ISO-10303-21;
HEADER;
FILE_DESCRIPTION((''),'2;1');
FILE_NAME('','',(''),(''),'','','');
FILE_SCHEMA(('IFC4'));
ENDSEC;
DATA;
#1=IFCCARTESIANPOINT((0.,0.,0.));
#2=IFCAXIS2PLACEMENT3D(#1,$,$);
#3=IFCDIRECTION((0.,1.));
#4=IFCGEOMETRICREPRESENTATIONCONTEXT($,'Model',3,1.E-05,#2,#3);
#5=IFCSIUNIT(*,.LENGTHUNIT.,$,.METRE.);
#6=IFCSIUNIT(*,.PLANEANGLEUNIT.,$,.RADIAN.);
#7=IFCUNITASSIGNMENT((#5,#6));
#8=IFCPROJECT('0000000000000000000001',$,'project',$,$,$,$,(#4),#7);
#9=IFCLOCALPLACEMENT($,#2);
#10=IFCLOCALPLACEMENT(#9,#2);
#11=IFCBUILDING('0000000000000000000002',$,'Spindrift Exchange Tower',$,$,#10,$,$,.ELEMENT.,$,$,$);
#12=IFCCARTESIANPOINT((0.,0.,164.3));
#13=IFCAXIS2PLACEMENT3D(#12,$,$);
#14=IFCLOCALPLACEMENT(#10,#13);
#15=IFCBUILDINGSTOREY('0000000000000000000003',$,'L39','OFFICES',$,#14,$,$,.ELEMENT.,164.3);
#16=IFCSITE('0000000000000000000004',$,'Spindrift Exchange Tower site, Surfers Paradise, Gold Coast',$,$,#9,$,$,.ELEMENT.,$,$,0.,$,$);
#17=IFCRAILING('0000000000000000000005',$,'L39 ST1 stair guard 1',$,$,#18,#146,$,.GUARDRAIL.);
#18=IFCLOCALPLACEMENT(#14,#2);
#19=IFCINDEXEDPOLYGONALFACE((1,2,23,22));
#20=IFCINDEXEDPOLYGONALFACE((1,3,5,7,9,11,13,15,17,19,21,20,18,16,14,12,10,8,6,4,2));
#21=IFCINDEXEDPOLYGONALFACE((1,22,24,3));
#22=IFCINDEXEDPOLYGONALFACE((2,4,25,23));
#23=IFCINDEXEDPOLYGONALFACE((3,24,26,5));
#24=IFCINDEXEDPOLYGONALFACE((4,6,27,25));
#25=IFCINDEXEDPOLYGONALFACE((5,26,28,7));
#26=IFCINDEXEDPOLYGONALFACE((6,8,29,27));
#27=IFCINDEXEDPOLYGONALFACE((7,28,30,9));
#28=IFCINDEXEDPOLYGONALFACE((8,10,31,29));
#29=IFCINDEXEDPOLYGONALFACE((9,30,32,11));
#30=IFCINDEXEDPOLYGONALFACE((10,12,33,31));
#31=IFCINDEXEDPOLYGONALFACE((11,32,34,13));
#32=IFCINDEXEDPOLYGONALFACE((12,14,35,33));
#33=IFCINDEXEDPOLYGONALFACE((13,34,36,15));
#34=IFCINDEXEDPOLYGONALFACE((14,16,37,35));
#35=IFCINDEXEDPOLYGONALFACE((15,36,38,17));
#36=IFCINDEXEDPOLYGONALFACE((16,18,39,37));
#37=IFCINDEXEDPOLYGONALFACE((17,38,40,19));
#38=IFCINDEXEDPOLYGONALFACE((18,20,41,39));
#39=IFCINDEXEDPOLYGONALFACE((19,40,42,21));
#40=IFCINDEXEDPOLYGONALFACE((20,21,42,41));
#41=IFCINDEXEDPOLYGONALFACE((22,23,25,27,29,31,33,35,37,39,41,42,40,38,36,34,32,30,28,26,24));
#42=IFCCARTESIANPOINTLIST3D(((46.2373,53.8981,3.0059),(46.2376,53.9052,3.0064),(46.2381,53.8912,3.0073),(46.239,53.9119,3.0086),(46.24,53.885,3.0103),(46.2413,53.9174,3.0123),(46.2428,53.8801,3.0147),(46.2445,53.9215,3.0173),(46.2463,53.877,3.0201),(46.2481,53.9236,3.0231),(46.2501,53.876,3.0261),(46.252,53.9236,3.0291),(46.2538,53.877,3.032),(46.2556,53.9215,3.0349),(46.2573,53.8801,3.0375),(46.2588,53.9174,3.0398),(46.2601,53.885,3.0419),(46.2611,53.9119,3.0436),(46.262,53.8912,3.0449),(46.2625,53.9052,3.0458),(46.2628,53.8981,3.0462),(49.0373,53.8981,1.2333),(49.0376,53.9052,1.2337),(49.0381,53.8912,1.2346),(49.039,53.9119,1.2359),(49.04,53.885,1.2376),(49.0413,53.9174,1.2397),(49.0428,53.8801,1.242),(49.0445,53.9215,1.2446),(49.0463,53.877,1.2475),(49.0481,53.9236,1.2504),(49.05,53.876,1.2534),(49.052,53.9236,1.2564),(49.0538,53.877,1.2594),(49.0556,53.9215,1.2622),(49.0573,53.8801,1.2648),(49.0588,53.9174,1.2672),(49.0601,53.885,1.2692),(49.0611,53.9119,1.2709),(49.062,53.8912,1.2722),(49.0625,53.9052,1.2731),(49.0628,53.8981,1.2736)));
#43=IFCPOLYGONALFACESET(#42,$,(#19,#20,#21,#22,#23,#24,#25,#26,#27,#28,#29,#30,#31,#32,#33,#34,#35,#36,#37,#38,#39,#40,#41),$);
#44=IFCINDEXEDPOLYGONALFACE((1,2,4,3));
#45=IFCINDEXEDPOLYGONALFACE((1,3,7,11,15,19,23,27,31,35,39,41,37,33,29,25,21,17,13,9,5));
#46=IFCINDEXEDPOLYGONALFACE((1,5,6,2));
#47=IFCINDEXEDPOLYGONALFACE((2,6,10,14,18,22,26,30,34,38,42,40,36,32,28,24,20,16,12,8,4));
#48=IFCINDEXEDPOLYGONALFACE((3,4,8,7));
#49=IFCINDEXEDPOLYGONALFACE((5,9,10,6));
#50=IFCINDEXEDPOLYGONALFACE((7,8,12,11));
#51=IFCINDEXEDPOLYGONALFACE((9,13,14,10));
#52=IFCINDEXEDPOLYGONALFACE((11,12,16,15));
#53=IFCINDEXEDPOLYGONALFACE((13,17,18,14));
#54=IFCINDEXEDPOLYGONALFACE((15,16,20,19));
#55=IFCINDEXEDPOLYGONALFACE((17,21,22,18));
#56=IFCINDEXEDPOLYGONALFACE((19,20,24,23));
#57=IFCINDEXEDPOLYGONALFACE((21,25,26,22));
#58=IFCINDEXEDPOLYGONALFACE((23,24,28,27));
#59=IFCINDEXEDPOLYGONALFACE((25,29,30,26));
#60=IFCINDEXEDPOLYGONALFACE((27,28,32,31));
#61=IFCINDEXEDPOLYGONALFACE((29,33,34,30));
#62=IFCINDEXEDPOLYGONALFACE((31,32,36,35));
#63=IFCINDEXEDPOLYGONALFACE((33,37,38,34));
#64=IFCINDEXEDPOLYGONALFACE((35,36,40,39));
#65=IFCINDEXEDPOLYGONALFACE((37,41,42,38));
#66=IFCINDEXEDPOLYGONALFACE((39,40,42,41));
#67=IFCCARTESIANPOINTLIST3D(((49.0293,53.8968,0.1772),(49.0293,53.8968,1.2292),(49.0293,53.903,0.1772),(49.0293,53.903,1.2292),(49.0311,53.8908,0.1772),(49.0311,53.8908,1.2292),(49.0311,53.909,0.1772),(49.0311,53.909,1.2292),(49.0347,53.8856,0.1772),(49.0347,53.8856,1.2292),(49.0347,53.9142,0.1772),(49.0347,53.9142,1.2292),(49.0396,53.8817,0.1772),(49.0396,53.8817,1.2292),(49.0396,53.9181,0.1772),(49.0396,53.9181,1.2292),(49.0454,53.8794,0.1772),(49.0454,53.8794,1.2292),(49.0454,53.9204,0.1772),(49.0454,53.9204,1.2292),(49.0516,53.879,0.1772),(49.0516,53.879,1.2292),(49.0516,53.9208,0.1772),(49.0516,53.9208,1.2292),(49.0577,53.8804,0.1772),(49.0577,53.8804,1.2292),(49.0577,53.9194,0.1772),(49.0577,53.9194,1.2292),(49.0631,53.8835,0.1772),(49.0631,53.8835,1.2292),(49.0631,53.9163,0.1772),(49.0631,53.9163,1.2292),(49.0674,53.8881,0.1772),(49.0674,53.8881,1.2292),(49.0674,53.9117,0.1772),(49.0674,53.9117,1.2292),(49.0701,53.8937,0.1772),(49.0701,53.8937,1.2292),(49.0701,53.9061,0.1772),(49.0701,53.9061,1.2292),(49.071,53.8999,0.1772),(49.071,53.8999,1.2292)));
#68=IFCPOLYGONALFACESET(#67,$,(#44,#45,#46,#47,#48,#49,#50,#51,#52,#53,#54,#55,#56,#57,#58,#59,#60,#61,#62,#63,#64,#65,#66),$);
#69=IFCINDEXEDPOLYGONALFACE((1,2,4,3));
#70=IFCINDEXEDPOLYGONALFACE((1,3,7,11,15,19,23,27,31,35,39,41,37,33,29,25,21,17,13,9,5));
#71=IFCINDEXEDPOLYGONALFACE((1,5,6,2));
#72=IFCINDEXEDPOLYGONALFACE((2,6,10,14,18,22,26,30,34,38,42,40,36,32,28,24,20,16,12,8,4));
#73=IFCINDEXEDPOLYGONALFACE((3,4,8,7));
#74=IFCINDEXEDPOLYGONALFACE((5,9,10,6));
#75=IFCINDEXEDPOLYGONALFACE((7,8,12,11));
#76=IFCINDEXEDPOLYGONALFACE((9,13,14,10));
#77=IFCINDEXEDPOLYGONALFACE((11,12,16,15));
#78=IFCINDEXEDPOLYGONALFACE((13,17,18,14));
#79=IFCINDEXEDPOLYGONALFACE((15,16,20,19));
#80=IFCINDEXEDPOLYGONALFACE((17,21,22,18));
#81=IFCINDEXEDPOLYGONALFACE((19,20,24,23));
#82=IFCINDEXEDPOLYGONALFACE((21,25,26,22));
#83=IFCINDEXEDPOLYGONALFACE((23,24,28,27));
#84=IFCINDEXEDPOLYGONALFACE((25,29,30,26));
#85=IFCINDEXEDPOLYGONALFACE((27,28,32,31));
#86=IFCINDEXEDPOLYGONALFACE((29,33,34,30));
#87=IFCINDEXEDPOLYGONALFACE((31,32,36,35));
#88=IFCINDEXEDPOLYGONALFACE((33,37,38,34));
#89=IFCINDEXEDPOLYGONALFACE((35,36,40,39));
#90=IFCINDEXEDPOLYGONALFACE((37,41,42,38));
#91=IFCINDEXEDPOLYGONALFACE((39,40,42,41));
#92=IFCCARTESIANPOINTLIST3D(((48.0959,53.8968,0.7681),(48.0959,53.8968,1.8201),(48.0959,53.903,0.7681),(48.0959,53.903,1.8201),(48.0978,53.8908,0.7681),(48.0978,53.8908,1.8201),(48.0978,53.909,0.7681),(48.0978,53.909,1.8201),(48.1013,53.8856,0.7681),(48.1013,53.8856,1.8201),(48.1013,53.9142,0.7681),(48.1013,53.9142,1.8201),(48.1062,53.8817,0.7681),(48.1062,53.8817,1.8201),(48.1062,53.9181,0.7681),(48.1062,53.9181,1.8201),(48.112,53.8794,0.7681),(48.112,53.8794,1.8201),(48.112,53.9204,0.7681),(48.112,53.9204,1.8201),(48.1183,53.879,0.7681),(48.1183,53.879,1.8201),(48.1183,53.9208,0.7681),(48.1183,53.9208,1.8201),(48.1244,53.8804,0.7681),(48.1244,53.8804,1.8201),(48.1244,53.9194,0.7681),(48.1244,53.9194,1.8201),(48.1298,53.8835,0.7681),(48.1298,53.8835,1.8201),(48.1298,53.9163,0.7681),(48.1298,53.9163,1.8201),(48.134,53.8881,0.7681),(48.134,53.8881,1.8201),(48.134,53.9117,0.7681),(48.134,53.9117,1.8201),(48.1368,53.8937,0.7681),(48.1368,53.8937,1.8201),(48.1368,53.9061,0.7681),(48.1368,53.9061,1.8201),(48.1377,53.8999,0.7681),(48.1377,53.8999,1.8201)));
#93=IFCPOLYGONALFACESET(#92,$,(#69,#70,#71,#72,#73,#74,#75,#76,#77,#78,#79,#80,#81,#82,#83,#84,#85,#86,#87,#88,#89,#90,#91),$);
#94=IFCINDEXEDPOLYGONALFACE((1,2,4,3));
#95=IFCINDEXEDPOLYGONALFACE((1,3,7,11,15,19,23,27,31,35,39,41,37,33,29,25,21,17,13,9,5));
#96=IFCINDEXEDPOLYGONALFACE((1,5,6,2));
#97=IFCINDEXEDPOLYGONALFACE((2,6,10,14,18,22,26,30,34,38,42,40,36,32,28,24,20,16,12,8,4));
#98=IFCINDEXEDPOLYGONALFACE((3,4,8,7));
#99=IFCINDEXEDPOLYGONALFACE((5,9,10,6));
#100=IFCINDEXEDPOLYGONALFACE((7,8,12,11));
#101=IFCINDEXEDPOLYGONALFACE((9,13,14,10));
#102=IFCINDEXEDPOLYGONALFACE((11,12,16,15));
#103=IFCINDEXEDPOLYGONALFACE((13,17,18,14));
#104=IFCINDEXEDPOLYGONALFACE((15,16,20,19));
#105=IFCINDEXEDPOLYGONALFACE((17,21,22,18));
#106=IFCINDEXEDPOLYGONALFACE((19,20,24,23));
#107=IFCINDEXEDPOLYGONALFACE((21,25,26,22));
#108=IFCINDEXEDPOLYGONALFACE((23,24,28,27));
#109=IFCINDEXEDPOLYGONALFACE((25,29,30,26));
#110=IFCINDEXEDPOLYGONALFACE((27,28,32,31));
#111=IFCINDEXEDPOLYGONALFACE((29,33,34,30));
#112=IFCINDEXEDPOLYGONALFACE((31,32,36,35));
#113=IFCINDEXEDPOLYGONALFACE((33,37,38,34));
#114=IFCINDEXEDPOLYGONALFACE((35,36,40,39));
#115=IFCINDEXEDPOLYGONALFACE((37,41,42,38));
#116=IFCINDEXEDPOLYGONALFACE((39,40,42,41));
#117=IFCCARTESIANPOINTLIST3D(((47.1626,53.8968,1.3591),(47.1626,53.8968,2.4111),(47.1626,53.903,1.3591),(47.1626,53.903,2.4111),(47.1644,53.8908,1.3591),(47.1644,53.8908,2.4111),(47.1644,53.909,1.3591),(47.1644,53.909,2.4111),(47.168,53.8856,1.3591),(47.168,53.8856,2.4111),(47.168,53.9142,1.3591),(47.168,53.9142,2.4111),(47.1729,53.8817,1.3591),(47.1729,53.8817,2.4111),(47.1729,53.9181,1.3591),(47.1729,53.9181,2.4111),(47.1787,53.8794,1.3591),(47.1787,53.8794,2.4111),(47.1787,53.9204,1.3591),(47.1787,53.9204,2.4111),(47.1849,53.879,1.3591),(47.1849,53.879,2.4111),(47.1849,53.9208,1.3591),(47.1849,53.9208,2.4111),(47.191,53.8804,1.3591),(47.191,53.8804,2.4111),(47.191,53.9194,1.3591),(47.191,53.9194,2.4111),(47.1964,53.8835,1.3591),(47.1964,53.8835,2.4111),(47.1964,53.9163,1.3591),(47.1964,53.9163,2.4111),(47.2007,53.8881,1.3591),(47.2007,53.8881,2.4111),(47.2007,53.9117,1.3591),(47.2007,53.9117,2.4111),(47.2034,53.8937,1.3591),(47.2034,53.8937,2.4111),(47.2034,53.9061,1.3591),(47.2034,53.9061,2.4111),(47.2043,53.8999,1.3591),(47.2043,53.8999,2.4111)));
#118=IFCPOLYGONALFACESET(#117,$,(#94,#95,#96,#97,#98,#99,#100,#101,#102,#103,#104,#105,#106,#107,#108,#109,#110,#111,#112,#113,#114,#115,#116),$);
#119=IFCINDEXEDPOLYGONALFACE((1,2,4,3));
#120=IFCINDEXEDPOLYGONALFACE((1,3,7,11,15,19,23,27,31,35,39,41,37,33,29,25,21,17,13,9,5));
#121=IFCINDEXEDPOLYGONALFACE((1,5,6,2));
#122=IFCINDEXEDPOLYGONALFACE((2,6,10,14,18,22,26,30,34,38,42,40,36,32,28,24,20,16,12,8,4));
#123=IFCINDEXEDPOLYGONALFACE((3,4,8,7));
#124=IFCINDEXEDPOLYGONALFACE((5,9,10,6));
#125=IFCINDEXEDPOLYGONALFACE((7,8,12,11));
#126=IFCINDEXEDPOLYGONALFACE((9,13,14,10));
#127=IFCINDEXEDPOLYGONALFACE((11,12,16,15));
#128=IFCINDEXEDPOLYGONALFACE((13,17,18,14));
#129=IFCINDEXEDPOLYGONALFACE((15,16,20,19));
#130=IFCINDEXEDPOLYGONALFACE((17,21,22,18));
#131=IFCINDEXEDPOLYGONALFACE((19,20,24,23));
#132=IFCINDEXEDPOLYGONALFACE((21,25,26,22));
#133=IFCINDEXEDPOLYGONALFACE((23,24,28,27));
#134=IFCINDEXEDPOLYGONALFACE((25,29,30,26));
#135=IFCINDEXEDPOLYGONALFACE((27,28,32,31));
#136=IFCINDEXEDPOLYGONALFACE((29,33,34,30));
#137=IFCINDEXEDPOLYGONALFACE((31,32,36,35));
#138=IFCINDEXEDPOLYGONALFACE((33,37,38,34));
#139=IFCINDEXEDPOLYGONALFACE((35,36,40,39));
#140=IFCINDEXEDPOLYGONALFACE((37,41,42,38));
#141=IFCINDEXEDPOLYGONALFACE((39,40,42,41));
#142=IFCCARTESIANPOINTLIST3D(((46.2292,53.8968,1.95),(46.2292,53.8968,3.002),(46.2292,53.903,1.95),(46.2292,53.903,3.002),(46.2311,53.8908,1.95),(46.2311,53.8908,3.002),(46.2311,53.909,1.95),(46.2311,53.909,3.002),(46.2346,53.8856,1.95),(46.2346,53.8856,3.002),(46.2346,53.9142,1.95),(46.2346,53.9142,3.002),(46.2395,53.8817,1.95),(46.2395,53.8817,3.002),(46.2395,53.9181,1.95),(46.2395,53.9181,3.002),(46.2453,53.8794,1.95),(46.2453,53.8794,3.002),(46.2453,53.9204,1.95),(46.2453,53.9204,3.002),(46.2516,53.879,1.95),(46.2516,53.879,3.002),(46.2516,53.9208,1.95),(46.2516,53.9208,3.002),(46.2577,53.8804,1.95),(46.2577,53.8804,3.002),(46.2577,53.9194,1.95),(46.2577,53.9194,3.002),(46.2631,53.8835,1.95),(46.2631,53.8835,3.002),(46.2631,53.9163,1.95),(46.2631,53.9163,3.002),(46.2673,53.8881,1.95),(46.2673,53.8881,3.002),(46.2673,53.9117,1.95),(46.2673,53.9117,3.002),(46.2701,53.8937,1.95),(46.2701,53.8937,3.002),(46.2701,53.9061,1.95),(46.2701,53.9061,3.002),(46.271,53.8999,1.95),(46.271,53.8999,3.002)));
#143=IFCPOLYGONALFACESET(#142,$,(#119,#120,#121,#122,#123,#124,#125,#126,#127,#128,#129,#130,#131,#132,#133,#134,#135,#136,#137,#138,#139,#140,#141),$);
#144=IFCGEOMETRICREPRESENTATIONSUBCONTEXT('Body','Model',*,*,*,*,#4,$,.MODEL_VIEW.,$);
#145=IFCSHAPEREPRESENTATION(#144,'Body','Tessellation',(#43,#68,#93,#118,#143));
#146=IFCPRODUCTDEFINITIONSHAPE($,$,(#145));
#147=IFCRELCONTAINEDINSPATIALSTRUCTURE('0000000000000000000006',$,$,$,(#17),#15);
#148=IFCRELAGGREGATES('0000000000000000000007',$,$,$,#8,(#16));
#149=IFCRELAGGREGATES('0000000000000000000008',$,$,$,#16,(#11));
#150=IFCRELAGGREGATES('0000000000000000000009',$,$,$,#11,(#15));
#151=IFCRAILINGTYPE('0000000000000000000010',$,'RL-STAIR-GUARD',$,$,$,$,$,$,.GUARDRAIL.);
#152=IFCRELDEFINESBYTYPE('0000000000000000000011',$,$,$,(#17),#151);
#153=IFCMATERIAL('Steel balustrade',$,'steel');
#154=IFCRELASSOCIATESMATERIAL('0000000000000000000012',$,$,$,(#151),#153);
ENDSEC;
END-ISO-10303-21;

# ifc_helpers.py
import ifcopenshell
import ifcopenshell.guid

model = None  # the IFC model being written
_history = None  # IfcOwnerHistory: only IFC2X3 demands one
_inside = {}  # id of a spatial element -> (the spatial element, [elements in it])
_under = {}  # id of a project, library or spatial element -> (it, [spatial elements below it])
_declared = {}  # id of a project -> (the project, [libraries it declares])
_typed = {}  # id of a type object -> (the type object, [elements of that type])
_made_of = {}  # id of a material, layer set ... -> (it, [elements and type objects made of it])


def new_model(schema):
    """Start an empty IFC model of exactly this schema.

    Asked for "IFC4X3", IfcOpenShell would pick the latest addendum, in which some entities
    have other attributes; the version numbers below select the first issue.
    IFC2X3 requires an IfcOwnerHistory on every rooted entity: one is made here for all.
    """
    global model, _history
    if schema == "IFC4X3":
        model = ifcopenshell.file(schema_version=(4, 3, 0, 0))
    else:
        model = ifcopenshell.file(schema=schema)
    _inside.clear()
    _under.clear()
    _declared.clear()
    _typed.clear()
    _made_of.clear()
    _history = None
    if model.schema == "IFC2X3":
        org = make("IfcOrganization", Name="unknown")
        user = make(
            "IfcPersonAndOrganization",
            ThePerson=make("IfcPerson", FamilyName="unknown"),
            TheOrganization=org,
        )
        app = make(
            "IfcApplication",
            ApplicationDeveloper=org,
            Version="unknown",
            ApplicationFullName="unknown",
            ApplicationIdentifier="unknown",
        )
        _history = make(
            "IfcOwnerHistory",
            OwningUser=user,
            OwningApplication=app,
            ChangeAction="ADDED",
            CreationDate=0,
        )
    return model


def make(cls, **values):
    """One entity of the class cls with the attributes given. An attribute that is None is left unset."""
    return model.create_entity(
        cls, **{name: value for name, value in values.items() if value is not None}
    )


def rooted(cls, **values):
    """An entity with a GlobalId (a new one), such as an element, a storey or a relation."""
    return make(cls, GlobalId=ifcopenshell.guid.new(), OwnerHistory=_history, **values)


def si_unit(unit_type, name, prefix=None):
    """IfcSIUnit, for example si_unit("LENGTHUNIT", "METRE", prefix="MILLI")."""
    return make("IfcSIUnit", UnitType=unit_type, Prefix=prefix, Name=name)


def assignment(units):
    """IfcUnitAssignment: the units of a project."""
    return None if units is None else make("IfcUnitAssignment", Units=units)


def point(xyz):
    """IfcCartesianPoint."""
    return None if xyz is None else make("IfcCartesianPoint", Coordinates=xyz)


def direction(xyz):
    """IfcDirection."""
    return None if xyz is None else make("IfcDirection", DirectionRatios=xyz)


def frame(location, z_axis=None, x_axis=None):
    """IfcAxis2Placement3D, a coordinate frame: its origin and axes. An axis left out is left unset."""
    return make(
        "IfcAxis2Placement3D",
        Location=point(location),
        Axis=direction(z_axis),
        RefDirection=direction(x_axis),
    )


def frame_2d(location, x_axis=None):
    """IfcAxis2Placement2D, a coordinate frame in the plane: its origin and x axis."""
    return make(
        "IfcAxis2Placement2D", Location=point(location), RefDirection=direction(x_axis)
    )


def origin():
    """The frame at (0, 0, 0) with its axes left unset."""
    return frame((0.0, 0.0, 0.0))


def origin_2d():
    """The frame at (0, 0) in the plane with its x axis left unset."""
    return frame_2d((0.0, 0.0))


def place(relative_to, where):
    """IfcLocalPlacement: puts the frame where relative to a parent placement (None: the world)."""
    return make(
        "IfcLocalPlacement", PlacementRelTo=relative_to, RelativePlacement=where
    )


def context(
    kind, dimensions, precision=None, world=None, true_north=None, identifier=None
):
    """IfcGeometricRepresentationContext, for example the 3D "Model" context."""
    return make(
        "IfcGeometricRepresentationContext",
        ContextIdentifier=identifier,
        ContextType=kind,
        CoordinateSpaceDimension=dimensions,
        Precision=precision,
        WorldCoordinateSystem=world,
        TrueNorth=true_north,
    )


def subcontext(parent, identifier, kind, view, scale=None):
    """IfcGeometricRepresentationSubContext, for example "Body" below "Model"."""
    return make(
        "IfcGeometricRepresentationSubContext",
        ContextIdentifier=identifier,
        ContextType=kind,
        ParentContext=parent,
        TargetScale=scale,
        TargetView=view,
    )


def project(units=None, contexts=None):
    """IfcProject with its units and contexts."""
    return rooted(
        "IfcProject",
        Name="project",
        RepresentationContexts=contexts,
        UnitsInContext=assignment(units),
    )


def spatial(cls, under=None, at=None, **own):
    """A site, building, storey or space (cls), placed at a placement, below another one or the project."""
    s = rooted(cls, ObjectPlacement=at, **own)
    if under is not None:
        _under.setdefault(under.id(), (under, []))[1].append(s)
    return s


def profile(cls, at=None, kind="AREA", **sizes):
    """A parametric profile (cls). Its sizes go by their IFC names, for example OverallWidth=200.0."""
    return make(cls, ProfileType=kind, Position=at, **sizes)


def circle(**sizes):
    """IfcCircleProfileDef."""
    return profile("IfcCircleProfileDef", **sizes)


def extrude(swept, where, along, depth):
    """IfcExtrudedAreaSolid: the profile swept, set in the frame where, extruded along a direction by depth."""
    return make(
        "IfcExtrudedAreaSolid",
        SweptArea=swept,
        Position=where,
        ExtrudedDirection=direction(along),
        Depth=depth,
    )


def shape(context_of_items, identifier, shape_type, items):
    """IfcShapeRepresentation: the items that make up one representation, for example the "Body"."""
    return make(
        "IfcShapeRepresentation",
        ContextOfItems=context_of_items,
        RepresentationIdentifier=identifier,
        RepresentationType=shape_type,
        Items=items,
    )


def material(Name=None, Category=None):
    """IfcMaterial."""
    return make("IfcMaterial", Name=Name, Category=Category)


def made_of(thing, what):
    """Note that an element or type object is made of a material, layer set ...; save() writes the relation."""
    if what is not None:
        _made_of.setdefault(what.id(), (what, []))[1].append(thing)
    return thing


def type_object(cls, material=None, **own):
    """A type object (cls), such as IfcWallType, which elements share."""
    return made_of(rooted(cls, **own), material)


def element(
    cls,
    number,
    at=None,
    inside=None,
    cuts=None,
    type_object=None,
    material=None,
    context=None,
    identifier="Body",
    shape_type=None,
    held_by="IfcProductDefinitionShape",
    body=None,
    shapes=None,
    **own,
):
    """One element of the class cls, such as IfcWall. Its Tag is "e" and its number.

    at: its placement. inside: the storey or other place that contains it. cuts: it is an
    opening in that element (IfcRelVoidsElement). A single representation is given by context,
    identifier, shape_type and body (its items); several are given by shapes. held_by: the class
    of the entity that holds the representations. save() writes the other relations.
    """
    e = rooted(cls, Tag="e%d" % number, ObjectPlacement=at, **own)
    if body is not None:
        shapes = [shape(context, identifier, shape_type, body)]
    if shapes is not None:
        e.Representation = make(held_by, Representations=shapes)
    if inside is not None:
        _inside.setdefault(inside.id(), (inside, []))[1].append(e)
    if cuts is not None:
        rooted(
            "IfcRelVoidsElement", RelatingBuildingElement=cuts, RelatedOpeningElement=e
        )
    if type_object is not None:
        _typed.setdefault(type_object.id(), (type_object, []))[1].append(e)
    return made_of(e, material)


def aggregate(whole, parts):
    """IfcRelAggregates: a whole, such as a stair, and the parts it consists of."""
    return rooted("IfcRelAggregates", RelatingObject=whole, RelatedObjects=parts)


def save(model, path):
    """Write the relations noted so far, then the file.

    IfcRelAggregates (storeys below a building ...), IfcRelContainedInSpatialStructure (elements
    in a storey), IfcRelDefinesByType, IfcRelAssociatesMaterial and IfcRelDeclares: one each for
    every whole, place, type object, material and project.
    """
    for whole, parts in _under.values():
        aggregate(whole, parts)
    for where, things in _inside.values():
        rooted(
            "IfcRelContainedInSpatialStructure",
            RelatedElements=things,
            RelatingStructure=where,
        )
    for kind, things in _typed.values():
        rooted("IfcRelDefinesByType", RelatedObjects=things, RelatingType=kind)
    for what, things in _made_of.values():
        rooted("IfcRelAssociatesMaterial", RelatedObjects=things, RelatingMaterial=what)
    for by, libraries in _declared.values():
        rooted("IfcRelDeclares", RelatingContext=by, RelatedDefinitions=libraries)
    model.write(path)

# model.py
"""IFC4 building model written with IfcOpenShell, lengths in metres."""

from ifc_helpers import new_model, si_unit, direction, frame, origin, origin_2d, place, context, subcontext, project, spatial, circle, extrude, material, type_object, element, save


model = new_model("IFC4")

# Units and contexts
model_context = context("Model", 3, precision=1e-05, world=origin(), true_north=direction((0.0, 1.0)))
body_context = subcontext(model_context, "Body", "Model", "MODEL_VIEW")
ifc_project = project(units=[si_unit("LENGTHUNIT", "METRE"), si_unit("PLANEANGLEUNIT", "RADIAN")], contexts=[model_context])

# Site, building, storey
site_placement = place(None, origin())
site = spatial("IfcSite", under=ifc_project, at=site_placement, Name="Spindrift Exchange Tower site, Surfers Paradise, Gold Coast", CompositionType="ELEMENT", RefElevation=0.0)
building_placement = place(site_placement, origin())
building = spatial("IfcBuilding", under=site, at=building_placement, Name="Spindrift Exchange Tower", CompositionType="ELEMENT")
storey_placement = place(building_placement, frame((0.0, 0.0, 164.3)))
storey = spatial("IfcBuildingStorey", under=building, at=storey_placement, Name="L39", Description="OFFICES", CompositionType="ELEMENT", Elevation=164.3)

# Railing
ifc_material_1 = material(Name="Steel balustrade", Category="steel")
railing_type_1 = type_object("IfcRailingType", Name="RL-STAIR-GUARD", PredefinedType="GUARDRAIL", material=ifc_material_1)
railing_1_placement = place(storey_placement, frame((49.05, 53.8999, 0.1772)))
element("IfcRailing", 1, at=railing_1_placement, inside=storey, type_object=railing_type_1, Name="L39 ST1 stair guard 1", PredefinedType="GUARDRAIL", context=body_context, shape_type="SweptSolid", body=[
    extrude(circle(Radius=0.0239, at=origin_2d()), frame((0.0, 0.0, 1.0762), z_axis=(-0.844909, 0.0, 0.53491), x_axis=(0.0, -1.0, 0.0)), (0.0, 0.0, 1.0), 3.314),
    extrude(circle(Radius=0.021, at=origin_2d()), origin(), (0.0, 0.0, 1.0), 1.052),
    extrude(circle(Radius=0.021, at=origin_2d()), frame((-0.9333, 0.0, 0.5908)), (0.0, 0.0, 1.0), 1.052),
    extrude(circle(Radius=0.021, at=origin_2d()), frame((-1.8667, 0.0, 1.1819)), (0.0, 0.0, 1.0), 1.052),
    extrude(circle(Radius=0.021, at=origin_2d()), frame((-2.8, 0.0, 1.7727)), (0.0, 0.0, 1.0), 1.052),
])

save(model, "model.ifc")
